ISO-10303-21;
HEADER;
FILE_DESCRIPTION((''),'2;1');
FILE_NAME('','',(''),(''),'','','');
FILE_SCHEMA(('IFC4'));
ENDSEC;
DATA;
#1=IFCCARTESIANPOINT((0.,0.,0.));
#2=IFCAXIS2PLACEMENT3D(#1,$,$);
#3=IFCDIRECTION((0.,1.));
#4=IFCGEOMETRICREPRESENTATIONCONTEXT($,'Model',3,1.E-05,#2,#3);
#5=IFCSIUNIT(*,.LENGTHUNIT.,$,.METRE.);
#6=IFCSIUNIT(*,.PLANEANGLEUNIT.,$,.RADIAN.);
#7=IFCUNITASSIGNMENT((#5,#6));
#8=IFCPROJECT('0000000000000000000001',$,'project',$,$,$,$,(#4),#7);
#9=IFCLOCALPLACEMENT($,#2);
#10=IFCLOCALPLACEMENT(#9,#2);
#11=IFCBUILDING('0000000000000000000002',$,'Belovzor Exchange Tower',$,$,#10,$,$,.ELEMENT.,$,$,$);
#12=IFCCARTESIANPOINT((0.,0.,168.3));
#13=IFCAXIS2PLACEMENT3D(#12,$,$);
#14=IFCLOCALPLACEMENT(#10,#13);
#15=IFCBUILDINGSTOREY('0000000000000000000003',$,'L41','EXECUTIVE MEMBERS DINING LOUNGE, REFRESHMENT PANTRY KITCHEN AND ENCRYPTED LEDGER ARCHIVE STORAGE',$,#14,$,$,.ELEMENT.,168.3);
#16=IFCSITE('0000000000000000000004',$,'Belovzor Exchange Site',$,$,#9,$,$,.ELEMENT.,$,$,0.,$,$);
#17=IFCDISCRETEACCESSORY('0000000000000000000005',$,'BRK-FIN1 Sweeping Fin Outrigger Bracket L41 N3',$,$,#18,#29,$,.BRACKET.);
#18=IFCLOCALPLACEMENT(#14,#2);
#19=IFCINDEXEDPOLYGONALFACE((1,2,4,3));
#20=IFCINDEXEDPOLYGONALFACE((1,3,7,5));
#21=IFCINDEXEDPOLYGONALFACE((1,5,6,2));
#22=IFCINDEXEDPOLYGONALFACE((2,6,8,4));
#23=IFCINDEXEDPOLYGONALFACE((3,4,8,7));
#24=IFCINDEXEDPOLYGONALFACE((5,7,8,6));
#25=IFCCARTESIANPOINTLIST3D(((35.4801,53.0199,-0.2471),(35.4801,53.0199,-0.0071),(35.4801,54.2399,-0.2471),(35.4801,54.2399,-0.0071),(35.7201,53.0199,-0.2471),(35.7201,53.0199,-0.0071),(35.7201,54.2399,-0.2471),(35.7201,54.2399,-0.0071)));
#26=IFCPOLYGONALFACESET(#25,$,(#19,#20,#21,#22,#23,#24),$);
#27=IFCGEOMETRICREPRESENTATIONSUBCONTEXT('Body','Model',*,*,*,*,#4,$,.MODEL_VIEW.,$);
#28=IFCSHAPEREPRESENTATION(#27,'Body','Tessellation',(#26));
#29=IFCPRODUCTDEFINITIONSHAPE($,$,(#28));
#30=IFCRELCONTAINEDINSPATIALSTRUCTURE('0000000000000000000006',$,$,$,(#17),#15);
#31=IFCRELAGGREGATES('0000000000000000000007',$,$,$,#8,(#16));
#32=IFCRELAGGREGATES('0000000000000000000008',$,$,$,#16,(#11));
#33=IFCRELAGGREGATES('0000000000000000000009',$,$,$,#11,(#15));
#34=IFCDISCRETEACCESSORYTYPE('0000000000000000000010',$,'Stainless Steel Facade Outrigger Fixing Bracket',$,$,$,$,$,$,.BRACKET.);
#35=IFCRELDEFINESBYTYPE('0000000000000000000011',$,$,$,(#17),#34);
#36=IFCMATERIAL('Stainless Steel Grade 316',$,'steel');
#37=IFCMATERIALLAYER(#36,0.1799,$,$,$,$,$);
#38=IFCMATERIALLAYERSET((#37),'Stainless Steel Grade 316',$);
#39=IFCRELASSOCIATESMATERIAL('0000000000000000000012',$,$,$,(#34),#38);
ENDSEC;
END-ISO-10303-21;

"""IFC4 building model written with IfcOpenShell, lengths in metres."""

from ifc_helpers import new_model, si_unit, direction, frame, origin, origin_2d, place, context, subcontext, project, spatial, rectangle, extrude, material, layer, layer_set, type_object, element, save


model = new_model("IFC4")

# Units and contexts
model_context = context("Model", 3, precision=1e-05, world=origin(), true_north=direction((0.0, 1.0)))
body_context = subcontext(model_context, "Body", "Model", "MODEL_VIEW")
ifc_project = project(units=[si_unit("LENGTHUNIT", "METRE"), si_unit("PLANEANGLEUNIT", "RADIAN")], contexts=[model_context])

# Site, building, storey
site_placement = place(None, origin())
site = spatial("IfcSite", under=ifc_project, at=site_placement, Name="Belovzor Exchange Site", CompositionType="ELEMENT", RefElevation=0.0)
building_placement = place(site_placement, origin())
building = spatial("IfcBuilding", under=site, at=building_placement, Name="Belovzor Exchange Tower", CompositionType="ELEMENT")
storey_placement = place(building_placement, frame((0.0, 0.0, 168.3)))
storey = spatial("IfcBuildingStorey", under=building, at=storey_placement, Name="L41", Description="EXECUTIVE MEMBERS DINING LOUNGE, REFRESHMENT PANTRY KITCHEN AND ENCRYPTED LEDGER ARCHIVE STORAGE", CompositionType="ELEMENT", Elevation=168.3)

# Discrete accessory
ifc_material_1 = material(Name="Stainless Steel Grade 316", Category="steel")
ifc_layer_1 = layer(ifc_material_1, 0.1799)
ifc_layer_set_1 = layer_set([ifc_layer_1], Name="Stainless Steel Grade 316")
discrete_accessory_type = type_object("IfcDiscreteAccessoryType", Name="Stainless Steel Facade Outrigger Fixing Bracket", PredefinedType="BRACKET", material=ifc_layer_set_1)
discrete_accessory_placement = place(storey_placement, frame((35.6001, 53.6299, -0.2471), z_axis=(0.0, 0.0, 1.0), x_axis=(0.0, 1.0, 0.0)))
element("IfcDiscreteAccessory", 1, at=discrete_accessory_placement, inside=storey, type_object=discrete_accessory_type, Name="BRK-FIN1 Sweeping Fin Outrigger Bracket L41 N3", PredefinedType="BRACKET", context=body_context, shape_type="SweptSolid", body=[
    extrude(rectangle(XDim=1.22, YDim=0.24, at=origin_2d()), origin(), (0.0, 0.0, 1.0), 0.24),
])

save(model, "model.ifc")
